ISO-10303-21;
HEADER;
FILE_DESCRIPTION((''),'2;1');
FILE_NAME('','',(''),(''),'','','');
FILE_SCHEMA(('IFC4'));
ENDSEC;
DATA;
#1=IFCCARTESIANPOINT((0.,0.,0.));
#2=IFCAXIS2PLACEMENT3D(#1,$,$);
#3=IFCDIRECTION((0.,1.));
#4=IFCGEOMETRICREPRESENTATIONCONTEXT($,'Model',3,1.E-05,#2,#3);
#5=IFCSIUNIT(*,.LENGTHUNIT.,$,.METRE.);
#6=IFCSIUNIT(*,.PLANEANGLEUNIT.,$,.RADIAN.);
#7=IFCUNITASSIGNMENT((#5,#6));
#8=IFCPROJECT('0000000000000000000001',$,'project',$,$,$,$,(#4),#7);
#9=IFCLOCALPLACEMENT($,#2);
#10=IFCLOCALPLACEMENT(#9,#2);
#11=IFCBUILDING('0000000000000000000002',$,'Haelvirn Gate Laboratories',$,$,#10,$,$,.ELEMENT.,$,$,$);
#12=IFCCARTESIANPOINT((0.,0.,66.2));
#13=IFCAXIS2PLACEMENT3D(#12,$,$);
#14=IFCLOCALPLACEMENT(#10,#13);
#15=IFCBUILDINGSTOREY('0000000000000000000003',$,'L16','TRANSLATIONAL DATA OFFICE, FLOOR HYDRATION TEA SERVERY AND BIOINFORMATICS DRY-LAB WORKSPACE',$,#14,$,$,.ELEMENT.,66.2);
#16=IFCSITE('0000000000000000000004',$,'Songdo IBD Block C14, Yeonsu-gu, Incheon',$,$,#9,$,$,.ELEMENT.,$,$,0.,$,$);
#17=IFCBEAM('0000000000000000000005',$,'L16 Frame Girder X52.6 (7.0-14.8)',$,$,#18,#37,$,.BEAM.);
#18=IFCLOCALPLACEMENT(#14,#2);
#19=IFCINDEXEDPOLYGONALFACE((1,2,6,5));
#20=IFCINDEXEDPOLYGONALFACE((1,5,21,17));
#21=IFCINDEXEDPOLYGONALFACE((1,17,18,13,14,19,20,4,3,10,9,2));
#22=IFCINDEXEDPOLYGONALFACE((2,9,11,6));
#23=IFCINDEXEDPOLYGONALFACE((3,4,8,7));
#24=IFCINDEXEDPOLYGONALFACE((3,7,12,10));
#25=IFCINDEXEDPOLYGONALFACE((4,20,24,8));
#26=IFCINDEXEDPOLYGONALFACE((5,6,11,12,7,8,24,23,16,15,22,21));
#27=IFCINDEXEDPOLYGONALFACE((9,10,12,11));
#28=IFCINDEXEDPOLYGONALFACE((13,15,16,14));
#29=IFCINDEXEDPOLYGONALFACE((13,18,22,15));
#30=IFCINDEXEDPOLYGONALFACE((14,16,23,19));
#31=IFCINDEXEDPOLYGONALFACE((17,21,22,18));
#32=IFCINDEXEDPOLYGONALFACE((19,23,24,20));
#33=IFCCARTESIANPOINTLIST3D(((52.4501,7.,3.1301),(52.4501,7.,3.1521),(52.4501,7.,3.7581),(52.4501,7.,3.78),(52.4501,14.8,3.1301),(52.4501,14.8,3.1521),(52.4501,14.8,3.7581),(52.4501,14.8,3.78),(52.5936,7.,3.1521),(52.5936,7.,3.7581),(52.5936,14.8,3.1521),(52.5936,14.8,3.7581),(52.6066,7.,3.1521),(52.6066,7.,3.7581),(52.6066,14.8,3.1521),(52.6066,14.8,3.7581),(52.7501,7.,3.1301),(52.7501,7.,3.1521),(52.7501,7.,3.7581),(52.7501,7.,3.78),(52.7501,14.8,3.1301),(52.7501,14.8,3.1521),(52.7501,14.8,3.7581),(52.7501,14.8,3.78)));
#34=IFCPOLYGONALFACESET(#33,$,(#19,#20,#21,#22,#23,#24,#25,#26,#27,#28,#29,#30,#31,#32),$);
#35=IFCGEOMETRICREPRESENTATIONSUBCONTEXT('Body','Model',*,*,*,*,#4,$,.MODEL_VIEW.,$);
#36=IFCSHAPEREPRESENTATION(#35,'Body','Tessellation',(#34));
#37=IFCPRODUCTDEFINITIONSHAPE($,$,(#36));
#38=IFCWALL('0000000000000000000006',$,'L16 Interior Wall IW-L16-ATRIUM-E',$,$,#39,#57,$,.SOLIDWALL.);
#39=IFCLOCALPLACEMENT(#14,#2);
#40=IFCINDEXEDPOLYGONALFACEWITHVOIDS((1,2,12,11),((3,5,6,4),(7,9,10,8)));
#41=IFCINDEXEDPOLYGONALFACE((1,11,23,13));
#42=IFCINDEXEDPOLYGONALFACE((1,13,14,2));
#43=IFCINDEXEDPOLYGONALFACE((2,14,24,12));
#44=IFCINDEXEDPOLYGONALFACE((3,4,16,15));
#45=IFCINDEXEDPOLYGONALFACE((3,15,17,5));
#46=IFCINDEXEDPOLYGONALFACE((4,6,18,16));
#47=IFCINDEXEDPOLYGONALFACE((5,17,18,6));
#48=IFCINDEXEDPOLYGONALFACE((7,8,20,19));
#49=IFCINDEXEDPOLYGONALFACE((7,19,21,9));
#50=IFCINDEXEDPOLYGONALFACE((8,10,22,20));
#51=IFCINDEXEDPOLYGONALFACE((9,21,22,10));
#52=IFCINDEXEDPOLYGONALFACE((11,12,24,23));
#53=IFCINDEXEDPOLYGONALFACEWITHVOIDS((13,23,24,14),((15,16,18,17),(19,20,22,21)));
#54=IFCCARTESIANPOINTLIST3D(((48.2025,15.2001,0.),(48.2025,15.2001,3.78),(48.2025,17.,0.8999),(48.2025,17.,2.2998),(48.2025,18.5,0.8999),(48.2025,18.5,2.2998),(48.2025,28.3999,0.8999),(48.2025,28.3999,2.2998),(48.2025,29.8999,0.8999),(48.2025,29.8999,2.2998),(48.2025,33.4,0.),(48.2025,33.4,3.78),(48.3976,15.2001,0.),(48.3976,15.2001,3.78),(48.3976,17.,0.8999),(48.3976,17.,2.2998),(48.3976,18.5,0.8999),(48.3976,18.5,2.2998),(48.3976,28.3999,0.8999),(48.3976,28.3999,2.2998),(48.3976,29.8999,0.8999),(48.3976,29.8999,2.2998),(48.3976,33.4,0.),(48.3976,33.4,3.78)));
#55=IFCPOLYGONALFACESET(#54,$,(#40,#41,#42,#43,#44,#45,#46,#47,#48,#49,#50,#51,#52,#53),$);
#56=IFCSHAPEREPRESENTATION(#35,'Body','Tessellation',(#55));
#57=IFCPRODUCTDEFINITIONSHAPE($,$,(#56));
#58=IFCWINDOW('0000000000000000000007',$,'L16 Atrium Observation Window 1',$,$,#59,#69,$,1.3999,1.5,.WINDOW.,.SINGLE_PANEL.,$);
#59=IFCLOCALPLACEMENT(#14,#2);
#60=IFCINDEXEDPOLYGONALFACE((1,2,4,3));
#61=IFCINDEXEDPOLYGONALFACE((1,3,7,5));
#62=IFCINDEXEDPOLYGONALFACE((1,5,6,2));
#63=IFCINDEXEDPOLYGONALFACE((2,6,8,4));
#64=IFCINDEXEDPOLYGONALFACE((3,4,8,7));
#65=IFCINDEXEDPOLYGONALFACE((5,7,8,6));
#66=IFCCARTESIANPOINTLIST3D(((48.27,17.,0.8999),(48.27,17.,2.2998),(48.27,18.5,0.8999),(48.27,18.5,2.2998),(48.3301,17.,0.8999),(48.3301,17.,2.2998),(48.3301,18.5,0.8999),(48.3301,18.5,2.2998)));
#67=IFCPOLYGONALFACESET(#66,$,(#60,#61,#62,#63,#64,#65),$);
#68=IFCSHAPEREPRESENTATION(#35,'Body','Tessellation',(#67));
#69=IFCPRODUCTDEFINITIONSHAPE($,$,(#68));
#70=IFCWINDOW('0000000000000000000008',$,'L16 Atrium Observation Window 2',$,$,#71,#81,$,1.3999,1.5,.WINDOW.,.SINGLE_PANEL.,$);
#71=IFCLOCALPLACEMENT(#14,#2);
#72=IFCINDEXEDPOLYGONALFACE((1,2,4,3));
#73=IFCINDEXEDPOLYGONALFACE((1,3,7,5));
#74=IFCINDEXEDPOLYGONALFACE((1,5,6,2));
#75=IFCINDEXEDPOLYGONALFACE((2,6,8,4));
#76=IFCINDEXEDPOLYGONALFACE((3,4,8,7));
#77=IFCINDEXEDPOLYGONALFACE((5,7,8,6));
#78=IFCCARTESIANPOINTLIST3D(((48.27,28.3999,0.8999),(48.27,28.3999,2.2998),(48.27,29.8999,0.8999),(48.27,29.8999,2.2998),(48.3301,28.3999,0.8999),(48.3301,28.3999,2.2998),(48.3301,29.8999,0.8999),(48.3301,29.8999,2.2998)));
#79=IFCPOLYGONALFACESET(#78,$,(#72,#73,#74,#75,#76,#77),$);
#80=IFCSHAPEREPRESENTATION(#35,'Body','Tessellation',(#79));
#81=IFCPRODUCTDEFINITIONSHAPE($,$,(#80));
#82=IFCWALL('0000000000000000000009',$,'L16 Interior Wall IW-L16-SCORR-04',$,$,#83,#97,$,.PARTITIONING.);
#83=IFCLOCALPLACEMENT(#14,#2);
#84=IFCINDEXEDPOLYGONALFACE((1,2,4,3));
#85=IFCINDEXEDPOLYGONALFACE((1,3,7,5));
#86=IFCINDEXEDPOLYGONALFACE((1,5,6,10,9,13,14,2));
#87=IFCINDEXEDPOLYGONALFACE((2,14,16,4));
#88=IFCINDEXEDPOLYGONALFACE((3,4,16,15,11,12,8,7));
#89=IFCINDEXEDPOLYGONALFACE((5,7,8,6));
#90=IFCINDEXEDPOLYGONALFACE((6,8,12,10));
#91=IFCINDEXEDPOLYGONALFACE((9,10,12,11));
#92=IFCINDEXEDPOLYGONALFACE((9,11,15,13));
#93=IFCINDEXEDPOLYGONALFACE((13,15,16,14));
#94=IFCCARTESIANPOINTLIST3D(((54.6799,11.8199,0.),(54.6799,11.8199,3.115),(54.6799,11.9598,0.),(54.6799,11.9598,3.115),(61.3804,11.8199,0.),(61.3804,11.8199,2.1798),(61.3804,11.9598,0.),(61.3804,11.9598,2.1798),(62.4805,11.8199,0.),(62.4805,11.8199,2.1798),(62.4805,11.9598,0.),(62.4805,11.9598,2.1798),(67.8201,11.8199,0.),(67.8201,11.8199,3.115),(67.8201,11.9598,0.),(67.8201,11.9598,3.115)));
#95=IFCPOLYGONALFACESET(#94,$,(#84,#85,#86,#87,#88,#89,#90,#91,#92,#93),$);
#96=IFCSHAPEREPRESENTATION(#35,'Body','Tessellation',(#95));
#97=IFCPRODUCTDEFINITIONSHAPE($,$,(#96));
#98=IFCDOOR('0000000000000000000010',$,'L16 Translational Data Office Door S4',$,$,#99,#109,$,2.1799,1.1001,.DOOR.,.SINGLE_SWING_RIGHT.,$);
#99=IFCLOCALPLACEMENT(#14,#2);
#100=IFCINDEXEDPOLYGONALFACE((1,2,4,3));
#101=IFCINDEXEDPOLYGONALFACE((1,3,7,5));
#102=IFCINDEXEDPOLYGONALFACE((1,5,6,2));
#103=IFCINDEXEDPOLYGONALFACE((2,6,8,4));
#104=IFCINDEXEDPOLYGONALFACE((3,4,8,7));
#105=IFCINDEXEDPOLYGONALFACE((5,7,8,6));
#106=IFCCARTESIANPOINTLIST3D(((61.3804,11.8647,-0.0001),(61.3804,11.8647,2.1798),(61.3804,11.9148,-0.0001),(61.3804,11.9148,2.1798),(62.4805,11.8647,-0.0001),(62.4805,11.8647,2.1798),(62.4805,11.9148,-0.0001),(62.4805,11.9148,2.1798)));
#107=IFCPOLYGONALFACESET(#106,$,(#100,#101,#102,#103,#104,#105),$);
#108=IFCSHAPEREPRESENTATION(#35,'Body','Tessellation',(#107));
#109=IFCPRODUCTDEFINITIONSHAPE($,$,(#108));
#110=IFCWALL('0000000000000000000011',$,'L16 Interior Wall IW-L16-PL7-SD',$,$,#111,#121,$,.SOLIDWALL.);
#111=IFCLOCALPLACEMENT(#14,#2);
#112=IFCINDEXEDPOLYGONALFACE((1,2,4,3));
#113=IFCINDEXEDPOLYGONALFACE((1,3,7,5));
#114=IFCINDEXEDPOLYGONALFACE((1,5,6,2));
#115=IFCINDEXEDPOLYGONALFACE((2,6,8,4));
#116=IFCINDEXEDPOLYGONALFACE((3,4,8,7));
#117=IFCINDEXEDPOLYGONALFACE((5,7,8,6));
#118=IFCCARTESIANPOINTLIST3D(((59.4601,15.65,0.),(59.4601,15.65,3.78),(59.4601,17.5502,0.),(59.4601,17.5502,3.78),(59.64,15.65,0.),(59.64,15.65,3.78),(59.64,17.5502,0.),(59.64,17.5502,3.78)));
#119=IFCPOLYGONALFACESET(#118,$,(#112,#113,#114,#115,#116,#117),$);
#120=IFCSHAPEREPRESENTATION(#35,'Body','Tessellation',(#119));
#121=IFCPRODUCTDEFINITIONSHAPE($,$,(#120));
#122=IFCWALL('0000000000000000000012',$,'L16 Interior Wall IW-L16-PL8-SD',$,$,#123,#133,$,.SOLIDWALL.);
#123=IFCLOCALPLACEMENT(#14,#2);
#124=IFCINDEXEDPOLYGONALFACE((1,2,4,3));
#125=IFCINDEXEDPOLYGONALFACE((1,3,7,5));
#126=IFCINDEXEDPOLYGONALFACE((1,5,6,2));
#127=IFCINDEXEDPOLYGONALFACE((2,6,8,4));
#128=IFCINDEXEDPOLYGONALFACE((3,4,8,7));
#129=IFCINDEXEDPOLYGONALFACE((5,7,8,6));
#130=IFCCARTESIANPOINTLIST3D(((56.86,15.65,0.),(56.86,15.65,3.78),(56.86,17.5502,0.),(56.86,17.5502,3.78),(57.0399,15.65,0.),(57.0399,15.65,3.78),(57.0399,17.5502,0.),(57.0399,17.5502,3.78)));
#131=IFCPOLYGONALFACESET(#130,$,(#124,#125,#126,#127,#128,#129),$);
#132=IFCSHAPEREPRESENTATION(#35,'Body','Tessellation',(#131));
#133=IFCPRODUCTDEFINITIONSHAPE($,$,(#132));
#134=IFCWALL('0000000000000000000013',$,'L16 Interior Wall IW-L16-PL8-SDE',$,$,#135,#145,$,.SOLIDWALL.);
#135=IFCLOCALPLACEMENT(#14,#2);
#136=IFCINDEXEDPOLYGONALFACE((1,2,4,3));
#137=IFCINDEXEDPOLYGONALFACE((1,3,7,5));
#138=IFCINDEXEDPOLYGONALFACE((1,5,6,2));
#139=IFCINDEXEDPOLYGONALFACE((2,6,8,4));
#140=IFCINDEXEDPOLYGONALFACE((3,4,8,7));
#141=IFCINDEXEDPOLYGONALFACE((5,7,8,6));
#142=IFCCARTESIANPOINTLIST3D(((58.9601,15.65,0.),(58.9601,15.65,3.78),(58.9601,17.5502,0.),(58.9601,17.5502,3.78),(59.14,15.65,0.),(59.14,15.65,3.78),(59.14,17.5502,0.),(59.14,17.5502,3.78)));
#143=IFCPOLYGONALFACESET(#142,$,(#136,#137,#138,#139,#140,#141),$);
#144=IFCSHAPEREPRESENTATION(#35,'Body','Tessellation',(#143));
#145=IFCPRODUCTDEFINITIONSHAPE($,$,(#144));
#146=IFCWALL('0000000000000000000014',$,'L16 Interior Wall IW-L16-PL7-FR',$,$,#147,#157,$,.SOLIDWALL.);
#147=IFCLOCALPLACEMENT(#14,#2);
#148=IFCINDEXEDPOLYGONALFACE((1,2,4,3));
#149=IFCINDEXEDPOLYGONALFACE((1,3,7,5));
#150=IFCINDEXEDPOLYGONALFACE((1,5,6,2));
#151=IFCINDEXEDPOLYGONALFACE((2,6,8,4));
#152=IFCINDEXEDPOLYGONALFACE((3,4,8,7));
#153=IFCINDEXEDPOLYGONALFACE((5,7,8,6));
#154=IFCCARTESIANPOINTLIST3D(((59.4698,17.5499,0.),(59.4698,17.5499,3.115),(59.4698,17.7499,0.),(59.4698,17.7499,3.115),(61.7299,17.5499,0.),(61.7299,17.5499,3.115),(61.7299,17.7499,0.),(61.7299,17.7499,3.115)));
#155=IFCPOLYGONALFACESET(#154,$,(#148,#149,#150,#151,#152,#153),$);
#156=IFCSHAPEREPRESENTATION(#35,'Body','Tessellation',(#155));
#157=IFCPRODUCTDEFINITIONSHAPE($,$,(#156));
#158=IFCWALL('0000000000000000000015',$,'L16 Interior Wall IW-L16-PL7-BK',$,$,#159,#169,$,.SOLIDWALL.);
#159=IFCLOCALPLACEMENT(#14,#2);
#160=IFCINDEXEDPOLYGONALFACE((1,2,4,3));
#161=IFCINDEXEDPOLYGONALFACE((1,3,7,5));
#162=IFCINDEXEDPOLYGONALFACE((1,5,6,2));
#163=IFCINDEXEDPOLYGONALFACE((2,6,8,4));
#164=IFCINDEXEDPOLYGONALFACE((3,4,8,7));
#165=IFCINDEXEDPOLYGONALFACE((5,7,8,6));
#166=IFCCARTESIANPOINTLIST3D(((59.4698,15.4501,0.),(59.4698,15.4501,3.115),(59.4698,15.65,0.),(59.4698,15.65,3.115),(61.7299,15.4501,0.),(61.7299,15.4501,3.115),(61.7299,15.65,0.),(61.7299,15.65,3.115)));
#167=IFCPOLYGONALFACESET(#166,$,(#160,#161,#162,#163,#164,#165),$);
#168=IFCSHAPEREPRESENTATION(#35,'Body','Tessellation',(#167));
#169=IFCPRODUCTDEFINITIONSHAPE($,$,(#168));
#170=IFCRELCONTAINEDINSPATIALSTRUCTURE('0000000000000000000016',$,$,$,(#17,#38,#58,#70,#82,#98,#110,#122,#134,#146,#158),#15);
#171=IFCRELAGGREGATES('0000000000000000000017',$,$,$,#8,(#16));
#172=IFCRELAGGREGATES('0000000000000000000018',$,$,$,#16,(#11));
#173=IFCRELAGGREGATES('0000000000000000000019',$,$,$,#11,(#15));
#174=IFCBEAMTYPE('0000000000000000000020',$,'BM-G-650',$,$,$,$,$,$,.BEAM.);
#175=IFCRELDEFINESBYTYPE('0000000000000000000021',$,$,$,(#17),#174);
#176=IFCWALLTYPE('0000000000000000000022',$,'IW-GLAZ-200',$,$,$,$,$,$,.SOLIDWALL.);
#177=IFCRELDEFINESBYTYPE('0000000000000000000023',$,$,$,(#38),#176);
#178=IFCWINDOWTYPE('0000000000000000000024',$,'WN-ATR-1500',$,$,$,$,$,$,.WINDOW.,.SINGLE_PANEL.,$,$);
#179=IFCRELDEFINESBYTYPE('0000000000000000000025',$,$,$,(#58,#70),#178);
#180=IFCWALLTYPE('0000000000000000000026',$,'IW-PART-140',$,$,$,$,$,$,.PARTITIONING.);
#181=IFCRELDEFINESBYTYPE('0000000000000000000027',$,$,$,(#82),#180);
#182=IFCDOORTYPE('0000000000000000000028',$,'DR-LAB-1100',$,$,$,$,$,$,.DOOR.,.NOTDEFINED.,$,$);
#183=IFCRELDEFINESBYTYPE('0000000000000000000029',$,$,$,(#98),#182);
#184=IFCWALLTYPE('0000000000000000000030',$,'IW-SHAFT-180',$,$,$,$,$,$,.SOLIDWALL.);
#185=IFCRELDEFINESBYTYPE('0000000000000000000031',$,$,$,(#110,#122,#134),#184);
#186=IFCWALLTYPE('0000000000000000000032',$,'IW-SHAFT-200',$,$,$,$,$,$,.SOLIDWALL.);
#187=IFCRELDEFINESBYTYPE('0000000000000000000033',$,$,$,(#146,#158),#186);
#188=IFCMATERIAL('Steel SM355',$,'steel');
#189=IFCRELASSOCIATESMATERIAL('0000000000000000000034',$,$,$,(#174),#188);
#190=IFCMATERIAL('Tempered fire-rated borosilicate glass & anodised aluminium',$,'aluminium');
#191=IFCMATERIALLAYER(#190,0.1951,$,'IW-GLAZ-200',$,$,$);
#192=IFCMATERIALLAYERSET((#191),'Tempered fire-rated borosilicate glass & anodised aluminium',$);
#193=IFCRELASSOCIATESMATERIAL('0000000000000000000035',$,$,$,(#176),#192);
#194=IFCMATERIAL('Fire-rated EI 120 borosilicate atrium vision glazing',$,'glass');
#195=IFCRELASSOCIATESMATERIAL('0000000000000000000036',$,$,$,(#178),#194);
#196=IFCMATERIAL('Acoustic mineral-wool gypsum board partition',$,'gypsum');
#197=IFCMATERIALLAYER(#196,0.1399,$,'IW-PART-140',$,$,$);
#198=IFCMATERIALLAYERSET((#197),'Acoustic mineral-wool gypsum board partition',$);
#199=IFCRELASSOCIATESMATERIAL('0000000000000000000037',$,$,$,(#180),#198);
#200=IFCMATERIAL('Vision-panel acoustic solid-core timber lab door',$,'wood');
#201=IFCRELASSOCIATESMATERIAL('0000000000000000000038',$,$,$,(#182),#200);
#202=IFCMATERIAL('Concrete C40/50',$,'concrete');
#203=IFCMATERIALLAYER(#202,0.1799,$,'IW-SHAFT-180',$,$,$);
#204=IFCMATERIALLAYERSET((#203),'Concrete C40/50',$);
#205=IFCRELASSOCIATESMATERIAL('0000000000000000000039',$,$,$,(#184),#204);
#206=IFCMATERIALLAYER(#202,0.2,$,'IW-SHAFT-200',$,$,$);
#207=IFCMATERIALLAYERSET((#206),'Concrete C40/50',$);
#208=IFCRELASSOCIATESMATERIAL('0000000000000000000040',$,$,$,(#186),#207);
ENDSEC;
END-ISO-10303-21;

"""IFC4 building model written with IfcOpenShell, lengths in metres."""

from ifc_helpers import new_model, si_unit, direction, frame, frame_2d, origin, origin_2d, place, context, subcontext, project, spatial, rectangle, i_section, extrude, source, transform, mapped, material, layer, layer_set, material_profile, profile_set, type_object, type_shapes, element, fill, save


model = new_model("IFC4")

# Units and contexts
model_context = context("Model", 3, precision=1e-05, world=origin(), true_north=direction((0.0, 1.0)))
body_context = subcontext(model_context, "Body", "Model", "MODEL_VIEW")
ifc_project = project(units=[si_unit("LENGTHUNIT", "METRE"), si_unit("PLANEANGLEUNIT", "RADIAN")], contexts=[model_context])

# Site, building, storey
site_placement = place(None, origin())
site = spatial("IfcSite", under=ifc_project, at=site_placement, Name="Songdo IBD Block C14, Yeonsu-gu, Incheon", CompositionType="ELEMENT", RefElevation=0.0)
building_placement = place(site_placement, origin())
building = spatial("IfcBuilding", under=site, at=building_placement, Name="Haelvirn Gate Laboratories", CompositionType="ELEMENT")
storey_placement = place(building_placement, frame((0.0, 0.0, 66.2)))
storey = spatial("IfcBuildingStorey", under=building, at=storey_placement, Name="L16", Description="TRANSLATIONAL DATA OFFICE, FLOOR HYDRATION TEA SERVERY AND BIOINFORMATICS DRY-LAB WORKSPACE", CompositionType="ELEMENT", Elevation=66.2)

# Beam
ifc_material_1 = material(Name="Steel SM355", Category="steel")
ifc_material_profile_1 = material_profile(ifc_material_1, i_section(OverallWidth=0.3, OverallDepth=0.6499, WebThickness=0.0129, FlangeThickness=0.022, at=origin_2d()), Name="H-650x300x13x22")
ifc_profile_set_1 = profile_set([ifc_material_profile_1], Name="Steel SM355")
beam_type_1 = type_object("IfcBeamType", Name="BM-G-650", PredefinedType="BEAM", material=ifc_profile_set_1)
shared_shape_1 = source(origin(), body_context, "Body", "SweptSolid", [
    extrude(i_section(OverallWidth=0.3, OverallDepth=0.6499, WebThickness=0.0129, FlangeThickness=0.022, at=origin_2d()), origin(), (0.0, 0.0, 1.0), 7.8),
])
type_shapes(beam_type_1, [shared_shape_1])
beam_placement = place(storey_placement, frame((52.6001, 7.0, 3.4551), z_axis=(0.0, 1.0, 0.0), x_axis=(-1.0, 0.0, 0.0)))
element("IfcBeam", 1, at=beam_placement, inside=storey, type_object=beam_type_1, Name="L16 Frame Girder X52.6 (7.0-14.8)", PredefinedType="BEAM", context=body_context, shape_type="MappedRepresentation", body=[
    mapped(shared_shape_1, transform((0.0, 0.0, 0.0), scale=1.0)),
])

# Wall, openings, windows
ifc_material_2 = material(Name="Tempered fire-rated borosilicate glass & anodised aluminium", Category="aluminium")
ifc_layer_1 = layer(ifc_material_2, 0.1951, Name="IW-GLAZ-200")
ifc_layer_set_1 = layer_set([ifc_layer_1], Name="Tempered fire-rated borosilicate glass & anodised aluminium")
wall_type_1 = type_object("IfcWallType", Name="IW-GLAZ-200", PredefinedType="SOLIDWALL", material=ifc_layer_set_1)
wall_1_placement = place(storey_placement, frame((48.3, 15.2, 0.0), z_axis=(0.0, 0.0, 1.0), x_axis=(0.0, 1.0, 0.0)))
wall_1 = element("IfcWall", 2, at=wall_1_placement, inside=storey, type_object=wall_type_1, Name="L16 Interior Wall IW-L16-ATRIUM-E", PredefinedType="SOLIDWALL", context=body_context, shape_type="SweptSolid", body=[
    extrude(rectangle(XDim=18.2, YDim=0.1951, at=frame_2d((9.1001, 0.0))), origin(), (0.0, 0.0, 1.0), 3.78),
])
opening_1_placement = place(wall_1_placement, frame((1.8, 0.0, 0.8999)))
opening_1 = element("IfcOpeningElement", 3, at=opening_1_placement, cuts=wall_1, PredefinedType="OPENING", context=body_context, shape_type="SweptSolid", body=[
    extrude(rectangle(XDim=1.5, YDim=1.3999, at=frame_2d((0.75, 0.7))), frame((0.0, 0.1074, 0.0), z_axis=(0.0, -1.0, 0.0), x_axis=(1.0, 0.0, 0.0)), (0.0, 0.0, 1.0), 0.2151),
])
opening_2_placement = place(wall_1_placement, frame((13.2, 0.0, 0.8999)))
opening_2 = element("IfcOpeningElement", 4, at=opening_2_placement, cuts=wall_1, PredefinedType="OPENING", context=body_context, shape_type="SweptSolid", body=[
    extrude(rectangle(XDim=1.5, YDim=1.3999, at=frame_2d((0.75, 0.7))), frame((0.0, 0.1074, 0.0), z_axis=(0.0, -1.0, 0.0), x_axis=(1.0, 0.0, 0.0)), (0.0, 0.0, 1.0), 0.2151),
])
ifc_material_3 = material(Name="Fire-rated EI 120 borosilicate atrium vision glazing", Category="glass")
window_type = type_object("IfcWindowType", Name="WN-ATR-1500", PartitioningType="SINGLE_PANEL", PredefinedType="WINDOW", material=ifc_material_3)
shared_shape_2 = source(origin(), body_context, "Body", "SweptSolid", [
    extrude(rectangle(XDim=1.5, YDim=1.3999, at=frame_2d((0.75, 0.7))), frame((0.0, 0.03, 0.0), z_axis=(0.0, -1.0, 0.0), x_axis=(1.0, 0.0, 0.0)), (0.0, 0.0, 1.0), 0.0601),
])
type_shapes(window_type, [shared_shape_2])
window_1_placement = place(opening_1_placement, origin())
window_1 = element("IfcWindow", 5, at=window_1_placement, inside=storey, type_object=window_type, Name="L16 Atrium Observation Window 1", OverallHeight=1.3999, OverallWidth=1.5, PartitioningType="SINGLE_PANEL", PredefinedType="WINDOW", context=body_context, shape_type="MappedRepresentation", body=[
    mapped(shared_shape_2, transform((0.0, 0.0, 0.0), scale=1.0)),
])
fill(opening_1, window_1)
window_2_placement = place(opening_2_placement, origin())
window_2 = element("IfcWindow", 6, at=window_2_placement, inside=storey, type_object=window_type, Name="L16 Atrium Observation Window 2", OverallHeight=1.3999, OverallWidth=1.5, PartitioningType="SINGLE_PANEL", PredefinedType="WINDOW", context=body_context, shape_type="MappedRepresentation", body=[
    mapped(shared_shape_2, transform((0.0, 0.0, 0.0), scale=1.0)),
])
fill(opening_2, window_2)

# Wall, opening, door
ifc_material_4 = material(Name="Acoustic mineral-wool gypsum board partition", Category="gypsum")
ifc_layer_2 = layer(ifc_material_4, 0.1399, Name="IW-PART-140")
ifc_layer_set_2 = layer_set([ifc_layer_2], Name="Acoustic mineral-wool gypsum board partition")
wall_type_2 = type_object("IfcWallType", Name="IW-PART-140", PredefinedType="PARTITIONING", material=ifc_layer_set_2)
wall_2_placement = place(storey_placement, frame((54.6799, 11.8899, 0.0), z_axis=(0.0, 0.0, 1.0), x_axis=(1.0, 0.0, 0.0)))
wall_2 = element("IfcWall", 7, at=wall_2_placement, inside=storey, type_object=wall_type_2, Name="L16 Interior Wall IW-L16-SCORR-04", PredefinedType="PARTITIONING", context=body_context, shape_type="SweptSolid", body=[
    extrude(rectangle(XDim=13.1401, YDim=0.1399, at=frame_2d((6.5701, 0.0))), origin(), (0.0, 0.0, 1.0), 3.115),
])
opening_3_placement = place(wall_2_placement, frame((6.7004, 0.0, 0.0)))
opening_3 = element("IfcOpeningElement", 8, at=opening_3_placement, cuts=wall_2, PredefinedType="OPENING", context=body_context, shape_type="SweptSolid", body=[
    extrude(rectangle(XDim=1.1001, YDim=2.1799, at=frame_2d((0.55, 1.0898))), frame((0.0, 0.0801, 0.0), z_axis=(0.0, -1.0, 0.0), x_axis=(1.0, 0.0, 0.0)), (0.0, 0.0, 1.0), 0.1599),
])
ifc_material_5 = material(Name="Vision-panel acoustic solid-core timber lab door", Category="wood")
door_type_1 = type_object("IfcDoorType", Name="DR-LAB-1100", OperationType="NOTDEFINED", PredefinedType="DOOR", material=ifc_material_5)
shared_shape_3 = source(origin(), body_context, "Body", "SweptSolid", [
    extrude(rectangle(XDim=1.1001, YDim=2.1799, at=frame_2d((0.55, 1.0898))), frame((0.0, 0.0249, 0.0), z_axis=(0.0, -1.0, 0.0), x_axis=(1.0, 0.0, 0.0)), (0.0, 0.0, 1.0), 0.05),
])
type_shapes(door_type_1, [shared_shape_3])
door_1_placement = place(opening_3_placement, origin())
door_1 = element("IfcDoor", 9, at=door_1_placement, inside=storey, type_object=door_type_1, Name="L16 Translational Data Office Door S4", OperationType="SINGLE_SWING_RIGHT", OverallHeight=2.1799, OverallWidth=1.1001, PredefinedType="DOOR", context=body_context, shape_type="MappedRepresentation", body=[
    mapped(shared_shape_3, transform((0.0, 0.0, 0.0), scale=1.0)),
])
fill(opening_3, door_1)

# Walls
ifc_material_6 = material(Name="Concrete C40/50", Category="concrete")
ifc_layer_3 = layer(ifc_material_6, 0.1799, Name="IW-SHAFT-180")
ifc_layer_set_3 = layer_set([ifc_layer_3], Name="Concrete C40/50")
wall_type_3 = type_object("IfcWallType", Name="IW-SHAFT-180", PredefinedType="SOLIDWALL", material=ifc_layer_set_3)
for number, where, z_axis, x_axis, name in (
    (10, (59.55, 15.6499, 0.0), (0.0, 0.0, 1.0), (0.0, 1.0, 0.0), "L16 Interior Wall IW-L16-PL7-SD"),
    (11, (56.95, 15.6499, 0.0), (0.0, 0.0, 1.0), (0.0, 1.0, 0.0), "L16 Interior Wall IW-L16-PL8-SD"),
    (12, (59.05, 15.6499, 0.0), (0.0, 0.0, 1.0), (0.0, 1.0, 0.0), "L16 Interior Wall IW-L16-PL8-SDE"),
):
    element("IfcWall", number, at=place(storey_placement, frame(where, z_axis=z_axis, x_axis=x_axis)), inside=storey, type_object=wall_type_3, Name=name, PredefinedType="SOLIDWALL", context=body_context, shape_type="SweptSolid", body=[
        extrude(rectangle(XDim=1.9001, YDim=0.1799, at=frame_2d((0.9502, 0.0))), origin(), (0.0, 0.0, 1.0), 3.78),
    ])
ifc_layer_4 = layer(ifc_material_6, 0.2, Name="IW-SHAFT-200")
ifc_layer_set_4 = layer_set([ifc_layer_4], Name="Concrete C40/50")
wall_type_4 = type_object("IfcWallType", Name="IW-SHAFT-200", PredefinedType="SOLIDWALL", material=ifc_layer_set_4)
for number, where, z_axis, x_axis, name in (
    (13, (59.47, 17.6499, 0.0), (0.0, 0.0, 1.0), (1.0, 0.0, 0.0), "L16 Interior Wall IW-L16-PL7-FR"),
    (14, (59.47, 15.55, 0.0), (0.0, 0.0, 1.0), (1.0, 0.0, 0.0), "L16 Interior Wall IW-L16-PL7-BK"),
):
    element("IfcWall", number, at=place(storey_placement, frame(where, z_axis=z_axis, x_axis=x_axis)), inside=storey, type_object=wall_type_4, Name=name, PredefinedType="SOLIDWALL", context=body_context, shape_type="SweptSolid", body=[
        extrude(rectangle(XDim=2.26, YDim=0.2, at=frame_2d((1.1299, 0.0))), origin(), (0.0, 0.0, 1.0), 3.115),
    ])

save(model, "model.ifc")
